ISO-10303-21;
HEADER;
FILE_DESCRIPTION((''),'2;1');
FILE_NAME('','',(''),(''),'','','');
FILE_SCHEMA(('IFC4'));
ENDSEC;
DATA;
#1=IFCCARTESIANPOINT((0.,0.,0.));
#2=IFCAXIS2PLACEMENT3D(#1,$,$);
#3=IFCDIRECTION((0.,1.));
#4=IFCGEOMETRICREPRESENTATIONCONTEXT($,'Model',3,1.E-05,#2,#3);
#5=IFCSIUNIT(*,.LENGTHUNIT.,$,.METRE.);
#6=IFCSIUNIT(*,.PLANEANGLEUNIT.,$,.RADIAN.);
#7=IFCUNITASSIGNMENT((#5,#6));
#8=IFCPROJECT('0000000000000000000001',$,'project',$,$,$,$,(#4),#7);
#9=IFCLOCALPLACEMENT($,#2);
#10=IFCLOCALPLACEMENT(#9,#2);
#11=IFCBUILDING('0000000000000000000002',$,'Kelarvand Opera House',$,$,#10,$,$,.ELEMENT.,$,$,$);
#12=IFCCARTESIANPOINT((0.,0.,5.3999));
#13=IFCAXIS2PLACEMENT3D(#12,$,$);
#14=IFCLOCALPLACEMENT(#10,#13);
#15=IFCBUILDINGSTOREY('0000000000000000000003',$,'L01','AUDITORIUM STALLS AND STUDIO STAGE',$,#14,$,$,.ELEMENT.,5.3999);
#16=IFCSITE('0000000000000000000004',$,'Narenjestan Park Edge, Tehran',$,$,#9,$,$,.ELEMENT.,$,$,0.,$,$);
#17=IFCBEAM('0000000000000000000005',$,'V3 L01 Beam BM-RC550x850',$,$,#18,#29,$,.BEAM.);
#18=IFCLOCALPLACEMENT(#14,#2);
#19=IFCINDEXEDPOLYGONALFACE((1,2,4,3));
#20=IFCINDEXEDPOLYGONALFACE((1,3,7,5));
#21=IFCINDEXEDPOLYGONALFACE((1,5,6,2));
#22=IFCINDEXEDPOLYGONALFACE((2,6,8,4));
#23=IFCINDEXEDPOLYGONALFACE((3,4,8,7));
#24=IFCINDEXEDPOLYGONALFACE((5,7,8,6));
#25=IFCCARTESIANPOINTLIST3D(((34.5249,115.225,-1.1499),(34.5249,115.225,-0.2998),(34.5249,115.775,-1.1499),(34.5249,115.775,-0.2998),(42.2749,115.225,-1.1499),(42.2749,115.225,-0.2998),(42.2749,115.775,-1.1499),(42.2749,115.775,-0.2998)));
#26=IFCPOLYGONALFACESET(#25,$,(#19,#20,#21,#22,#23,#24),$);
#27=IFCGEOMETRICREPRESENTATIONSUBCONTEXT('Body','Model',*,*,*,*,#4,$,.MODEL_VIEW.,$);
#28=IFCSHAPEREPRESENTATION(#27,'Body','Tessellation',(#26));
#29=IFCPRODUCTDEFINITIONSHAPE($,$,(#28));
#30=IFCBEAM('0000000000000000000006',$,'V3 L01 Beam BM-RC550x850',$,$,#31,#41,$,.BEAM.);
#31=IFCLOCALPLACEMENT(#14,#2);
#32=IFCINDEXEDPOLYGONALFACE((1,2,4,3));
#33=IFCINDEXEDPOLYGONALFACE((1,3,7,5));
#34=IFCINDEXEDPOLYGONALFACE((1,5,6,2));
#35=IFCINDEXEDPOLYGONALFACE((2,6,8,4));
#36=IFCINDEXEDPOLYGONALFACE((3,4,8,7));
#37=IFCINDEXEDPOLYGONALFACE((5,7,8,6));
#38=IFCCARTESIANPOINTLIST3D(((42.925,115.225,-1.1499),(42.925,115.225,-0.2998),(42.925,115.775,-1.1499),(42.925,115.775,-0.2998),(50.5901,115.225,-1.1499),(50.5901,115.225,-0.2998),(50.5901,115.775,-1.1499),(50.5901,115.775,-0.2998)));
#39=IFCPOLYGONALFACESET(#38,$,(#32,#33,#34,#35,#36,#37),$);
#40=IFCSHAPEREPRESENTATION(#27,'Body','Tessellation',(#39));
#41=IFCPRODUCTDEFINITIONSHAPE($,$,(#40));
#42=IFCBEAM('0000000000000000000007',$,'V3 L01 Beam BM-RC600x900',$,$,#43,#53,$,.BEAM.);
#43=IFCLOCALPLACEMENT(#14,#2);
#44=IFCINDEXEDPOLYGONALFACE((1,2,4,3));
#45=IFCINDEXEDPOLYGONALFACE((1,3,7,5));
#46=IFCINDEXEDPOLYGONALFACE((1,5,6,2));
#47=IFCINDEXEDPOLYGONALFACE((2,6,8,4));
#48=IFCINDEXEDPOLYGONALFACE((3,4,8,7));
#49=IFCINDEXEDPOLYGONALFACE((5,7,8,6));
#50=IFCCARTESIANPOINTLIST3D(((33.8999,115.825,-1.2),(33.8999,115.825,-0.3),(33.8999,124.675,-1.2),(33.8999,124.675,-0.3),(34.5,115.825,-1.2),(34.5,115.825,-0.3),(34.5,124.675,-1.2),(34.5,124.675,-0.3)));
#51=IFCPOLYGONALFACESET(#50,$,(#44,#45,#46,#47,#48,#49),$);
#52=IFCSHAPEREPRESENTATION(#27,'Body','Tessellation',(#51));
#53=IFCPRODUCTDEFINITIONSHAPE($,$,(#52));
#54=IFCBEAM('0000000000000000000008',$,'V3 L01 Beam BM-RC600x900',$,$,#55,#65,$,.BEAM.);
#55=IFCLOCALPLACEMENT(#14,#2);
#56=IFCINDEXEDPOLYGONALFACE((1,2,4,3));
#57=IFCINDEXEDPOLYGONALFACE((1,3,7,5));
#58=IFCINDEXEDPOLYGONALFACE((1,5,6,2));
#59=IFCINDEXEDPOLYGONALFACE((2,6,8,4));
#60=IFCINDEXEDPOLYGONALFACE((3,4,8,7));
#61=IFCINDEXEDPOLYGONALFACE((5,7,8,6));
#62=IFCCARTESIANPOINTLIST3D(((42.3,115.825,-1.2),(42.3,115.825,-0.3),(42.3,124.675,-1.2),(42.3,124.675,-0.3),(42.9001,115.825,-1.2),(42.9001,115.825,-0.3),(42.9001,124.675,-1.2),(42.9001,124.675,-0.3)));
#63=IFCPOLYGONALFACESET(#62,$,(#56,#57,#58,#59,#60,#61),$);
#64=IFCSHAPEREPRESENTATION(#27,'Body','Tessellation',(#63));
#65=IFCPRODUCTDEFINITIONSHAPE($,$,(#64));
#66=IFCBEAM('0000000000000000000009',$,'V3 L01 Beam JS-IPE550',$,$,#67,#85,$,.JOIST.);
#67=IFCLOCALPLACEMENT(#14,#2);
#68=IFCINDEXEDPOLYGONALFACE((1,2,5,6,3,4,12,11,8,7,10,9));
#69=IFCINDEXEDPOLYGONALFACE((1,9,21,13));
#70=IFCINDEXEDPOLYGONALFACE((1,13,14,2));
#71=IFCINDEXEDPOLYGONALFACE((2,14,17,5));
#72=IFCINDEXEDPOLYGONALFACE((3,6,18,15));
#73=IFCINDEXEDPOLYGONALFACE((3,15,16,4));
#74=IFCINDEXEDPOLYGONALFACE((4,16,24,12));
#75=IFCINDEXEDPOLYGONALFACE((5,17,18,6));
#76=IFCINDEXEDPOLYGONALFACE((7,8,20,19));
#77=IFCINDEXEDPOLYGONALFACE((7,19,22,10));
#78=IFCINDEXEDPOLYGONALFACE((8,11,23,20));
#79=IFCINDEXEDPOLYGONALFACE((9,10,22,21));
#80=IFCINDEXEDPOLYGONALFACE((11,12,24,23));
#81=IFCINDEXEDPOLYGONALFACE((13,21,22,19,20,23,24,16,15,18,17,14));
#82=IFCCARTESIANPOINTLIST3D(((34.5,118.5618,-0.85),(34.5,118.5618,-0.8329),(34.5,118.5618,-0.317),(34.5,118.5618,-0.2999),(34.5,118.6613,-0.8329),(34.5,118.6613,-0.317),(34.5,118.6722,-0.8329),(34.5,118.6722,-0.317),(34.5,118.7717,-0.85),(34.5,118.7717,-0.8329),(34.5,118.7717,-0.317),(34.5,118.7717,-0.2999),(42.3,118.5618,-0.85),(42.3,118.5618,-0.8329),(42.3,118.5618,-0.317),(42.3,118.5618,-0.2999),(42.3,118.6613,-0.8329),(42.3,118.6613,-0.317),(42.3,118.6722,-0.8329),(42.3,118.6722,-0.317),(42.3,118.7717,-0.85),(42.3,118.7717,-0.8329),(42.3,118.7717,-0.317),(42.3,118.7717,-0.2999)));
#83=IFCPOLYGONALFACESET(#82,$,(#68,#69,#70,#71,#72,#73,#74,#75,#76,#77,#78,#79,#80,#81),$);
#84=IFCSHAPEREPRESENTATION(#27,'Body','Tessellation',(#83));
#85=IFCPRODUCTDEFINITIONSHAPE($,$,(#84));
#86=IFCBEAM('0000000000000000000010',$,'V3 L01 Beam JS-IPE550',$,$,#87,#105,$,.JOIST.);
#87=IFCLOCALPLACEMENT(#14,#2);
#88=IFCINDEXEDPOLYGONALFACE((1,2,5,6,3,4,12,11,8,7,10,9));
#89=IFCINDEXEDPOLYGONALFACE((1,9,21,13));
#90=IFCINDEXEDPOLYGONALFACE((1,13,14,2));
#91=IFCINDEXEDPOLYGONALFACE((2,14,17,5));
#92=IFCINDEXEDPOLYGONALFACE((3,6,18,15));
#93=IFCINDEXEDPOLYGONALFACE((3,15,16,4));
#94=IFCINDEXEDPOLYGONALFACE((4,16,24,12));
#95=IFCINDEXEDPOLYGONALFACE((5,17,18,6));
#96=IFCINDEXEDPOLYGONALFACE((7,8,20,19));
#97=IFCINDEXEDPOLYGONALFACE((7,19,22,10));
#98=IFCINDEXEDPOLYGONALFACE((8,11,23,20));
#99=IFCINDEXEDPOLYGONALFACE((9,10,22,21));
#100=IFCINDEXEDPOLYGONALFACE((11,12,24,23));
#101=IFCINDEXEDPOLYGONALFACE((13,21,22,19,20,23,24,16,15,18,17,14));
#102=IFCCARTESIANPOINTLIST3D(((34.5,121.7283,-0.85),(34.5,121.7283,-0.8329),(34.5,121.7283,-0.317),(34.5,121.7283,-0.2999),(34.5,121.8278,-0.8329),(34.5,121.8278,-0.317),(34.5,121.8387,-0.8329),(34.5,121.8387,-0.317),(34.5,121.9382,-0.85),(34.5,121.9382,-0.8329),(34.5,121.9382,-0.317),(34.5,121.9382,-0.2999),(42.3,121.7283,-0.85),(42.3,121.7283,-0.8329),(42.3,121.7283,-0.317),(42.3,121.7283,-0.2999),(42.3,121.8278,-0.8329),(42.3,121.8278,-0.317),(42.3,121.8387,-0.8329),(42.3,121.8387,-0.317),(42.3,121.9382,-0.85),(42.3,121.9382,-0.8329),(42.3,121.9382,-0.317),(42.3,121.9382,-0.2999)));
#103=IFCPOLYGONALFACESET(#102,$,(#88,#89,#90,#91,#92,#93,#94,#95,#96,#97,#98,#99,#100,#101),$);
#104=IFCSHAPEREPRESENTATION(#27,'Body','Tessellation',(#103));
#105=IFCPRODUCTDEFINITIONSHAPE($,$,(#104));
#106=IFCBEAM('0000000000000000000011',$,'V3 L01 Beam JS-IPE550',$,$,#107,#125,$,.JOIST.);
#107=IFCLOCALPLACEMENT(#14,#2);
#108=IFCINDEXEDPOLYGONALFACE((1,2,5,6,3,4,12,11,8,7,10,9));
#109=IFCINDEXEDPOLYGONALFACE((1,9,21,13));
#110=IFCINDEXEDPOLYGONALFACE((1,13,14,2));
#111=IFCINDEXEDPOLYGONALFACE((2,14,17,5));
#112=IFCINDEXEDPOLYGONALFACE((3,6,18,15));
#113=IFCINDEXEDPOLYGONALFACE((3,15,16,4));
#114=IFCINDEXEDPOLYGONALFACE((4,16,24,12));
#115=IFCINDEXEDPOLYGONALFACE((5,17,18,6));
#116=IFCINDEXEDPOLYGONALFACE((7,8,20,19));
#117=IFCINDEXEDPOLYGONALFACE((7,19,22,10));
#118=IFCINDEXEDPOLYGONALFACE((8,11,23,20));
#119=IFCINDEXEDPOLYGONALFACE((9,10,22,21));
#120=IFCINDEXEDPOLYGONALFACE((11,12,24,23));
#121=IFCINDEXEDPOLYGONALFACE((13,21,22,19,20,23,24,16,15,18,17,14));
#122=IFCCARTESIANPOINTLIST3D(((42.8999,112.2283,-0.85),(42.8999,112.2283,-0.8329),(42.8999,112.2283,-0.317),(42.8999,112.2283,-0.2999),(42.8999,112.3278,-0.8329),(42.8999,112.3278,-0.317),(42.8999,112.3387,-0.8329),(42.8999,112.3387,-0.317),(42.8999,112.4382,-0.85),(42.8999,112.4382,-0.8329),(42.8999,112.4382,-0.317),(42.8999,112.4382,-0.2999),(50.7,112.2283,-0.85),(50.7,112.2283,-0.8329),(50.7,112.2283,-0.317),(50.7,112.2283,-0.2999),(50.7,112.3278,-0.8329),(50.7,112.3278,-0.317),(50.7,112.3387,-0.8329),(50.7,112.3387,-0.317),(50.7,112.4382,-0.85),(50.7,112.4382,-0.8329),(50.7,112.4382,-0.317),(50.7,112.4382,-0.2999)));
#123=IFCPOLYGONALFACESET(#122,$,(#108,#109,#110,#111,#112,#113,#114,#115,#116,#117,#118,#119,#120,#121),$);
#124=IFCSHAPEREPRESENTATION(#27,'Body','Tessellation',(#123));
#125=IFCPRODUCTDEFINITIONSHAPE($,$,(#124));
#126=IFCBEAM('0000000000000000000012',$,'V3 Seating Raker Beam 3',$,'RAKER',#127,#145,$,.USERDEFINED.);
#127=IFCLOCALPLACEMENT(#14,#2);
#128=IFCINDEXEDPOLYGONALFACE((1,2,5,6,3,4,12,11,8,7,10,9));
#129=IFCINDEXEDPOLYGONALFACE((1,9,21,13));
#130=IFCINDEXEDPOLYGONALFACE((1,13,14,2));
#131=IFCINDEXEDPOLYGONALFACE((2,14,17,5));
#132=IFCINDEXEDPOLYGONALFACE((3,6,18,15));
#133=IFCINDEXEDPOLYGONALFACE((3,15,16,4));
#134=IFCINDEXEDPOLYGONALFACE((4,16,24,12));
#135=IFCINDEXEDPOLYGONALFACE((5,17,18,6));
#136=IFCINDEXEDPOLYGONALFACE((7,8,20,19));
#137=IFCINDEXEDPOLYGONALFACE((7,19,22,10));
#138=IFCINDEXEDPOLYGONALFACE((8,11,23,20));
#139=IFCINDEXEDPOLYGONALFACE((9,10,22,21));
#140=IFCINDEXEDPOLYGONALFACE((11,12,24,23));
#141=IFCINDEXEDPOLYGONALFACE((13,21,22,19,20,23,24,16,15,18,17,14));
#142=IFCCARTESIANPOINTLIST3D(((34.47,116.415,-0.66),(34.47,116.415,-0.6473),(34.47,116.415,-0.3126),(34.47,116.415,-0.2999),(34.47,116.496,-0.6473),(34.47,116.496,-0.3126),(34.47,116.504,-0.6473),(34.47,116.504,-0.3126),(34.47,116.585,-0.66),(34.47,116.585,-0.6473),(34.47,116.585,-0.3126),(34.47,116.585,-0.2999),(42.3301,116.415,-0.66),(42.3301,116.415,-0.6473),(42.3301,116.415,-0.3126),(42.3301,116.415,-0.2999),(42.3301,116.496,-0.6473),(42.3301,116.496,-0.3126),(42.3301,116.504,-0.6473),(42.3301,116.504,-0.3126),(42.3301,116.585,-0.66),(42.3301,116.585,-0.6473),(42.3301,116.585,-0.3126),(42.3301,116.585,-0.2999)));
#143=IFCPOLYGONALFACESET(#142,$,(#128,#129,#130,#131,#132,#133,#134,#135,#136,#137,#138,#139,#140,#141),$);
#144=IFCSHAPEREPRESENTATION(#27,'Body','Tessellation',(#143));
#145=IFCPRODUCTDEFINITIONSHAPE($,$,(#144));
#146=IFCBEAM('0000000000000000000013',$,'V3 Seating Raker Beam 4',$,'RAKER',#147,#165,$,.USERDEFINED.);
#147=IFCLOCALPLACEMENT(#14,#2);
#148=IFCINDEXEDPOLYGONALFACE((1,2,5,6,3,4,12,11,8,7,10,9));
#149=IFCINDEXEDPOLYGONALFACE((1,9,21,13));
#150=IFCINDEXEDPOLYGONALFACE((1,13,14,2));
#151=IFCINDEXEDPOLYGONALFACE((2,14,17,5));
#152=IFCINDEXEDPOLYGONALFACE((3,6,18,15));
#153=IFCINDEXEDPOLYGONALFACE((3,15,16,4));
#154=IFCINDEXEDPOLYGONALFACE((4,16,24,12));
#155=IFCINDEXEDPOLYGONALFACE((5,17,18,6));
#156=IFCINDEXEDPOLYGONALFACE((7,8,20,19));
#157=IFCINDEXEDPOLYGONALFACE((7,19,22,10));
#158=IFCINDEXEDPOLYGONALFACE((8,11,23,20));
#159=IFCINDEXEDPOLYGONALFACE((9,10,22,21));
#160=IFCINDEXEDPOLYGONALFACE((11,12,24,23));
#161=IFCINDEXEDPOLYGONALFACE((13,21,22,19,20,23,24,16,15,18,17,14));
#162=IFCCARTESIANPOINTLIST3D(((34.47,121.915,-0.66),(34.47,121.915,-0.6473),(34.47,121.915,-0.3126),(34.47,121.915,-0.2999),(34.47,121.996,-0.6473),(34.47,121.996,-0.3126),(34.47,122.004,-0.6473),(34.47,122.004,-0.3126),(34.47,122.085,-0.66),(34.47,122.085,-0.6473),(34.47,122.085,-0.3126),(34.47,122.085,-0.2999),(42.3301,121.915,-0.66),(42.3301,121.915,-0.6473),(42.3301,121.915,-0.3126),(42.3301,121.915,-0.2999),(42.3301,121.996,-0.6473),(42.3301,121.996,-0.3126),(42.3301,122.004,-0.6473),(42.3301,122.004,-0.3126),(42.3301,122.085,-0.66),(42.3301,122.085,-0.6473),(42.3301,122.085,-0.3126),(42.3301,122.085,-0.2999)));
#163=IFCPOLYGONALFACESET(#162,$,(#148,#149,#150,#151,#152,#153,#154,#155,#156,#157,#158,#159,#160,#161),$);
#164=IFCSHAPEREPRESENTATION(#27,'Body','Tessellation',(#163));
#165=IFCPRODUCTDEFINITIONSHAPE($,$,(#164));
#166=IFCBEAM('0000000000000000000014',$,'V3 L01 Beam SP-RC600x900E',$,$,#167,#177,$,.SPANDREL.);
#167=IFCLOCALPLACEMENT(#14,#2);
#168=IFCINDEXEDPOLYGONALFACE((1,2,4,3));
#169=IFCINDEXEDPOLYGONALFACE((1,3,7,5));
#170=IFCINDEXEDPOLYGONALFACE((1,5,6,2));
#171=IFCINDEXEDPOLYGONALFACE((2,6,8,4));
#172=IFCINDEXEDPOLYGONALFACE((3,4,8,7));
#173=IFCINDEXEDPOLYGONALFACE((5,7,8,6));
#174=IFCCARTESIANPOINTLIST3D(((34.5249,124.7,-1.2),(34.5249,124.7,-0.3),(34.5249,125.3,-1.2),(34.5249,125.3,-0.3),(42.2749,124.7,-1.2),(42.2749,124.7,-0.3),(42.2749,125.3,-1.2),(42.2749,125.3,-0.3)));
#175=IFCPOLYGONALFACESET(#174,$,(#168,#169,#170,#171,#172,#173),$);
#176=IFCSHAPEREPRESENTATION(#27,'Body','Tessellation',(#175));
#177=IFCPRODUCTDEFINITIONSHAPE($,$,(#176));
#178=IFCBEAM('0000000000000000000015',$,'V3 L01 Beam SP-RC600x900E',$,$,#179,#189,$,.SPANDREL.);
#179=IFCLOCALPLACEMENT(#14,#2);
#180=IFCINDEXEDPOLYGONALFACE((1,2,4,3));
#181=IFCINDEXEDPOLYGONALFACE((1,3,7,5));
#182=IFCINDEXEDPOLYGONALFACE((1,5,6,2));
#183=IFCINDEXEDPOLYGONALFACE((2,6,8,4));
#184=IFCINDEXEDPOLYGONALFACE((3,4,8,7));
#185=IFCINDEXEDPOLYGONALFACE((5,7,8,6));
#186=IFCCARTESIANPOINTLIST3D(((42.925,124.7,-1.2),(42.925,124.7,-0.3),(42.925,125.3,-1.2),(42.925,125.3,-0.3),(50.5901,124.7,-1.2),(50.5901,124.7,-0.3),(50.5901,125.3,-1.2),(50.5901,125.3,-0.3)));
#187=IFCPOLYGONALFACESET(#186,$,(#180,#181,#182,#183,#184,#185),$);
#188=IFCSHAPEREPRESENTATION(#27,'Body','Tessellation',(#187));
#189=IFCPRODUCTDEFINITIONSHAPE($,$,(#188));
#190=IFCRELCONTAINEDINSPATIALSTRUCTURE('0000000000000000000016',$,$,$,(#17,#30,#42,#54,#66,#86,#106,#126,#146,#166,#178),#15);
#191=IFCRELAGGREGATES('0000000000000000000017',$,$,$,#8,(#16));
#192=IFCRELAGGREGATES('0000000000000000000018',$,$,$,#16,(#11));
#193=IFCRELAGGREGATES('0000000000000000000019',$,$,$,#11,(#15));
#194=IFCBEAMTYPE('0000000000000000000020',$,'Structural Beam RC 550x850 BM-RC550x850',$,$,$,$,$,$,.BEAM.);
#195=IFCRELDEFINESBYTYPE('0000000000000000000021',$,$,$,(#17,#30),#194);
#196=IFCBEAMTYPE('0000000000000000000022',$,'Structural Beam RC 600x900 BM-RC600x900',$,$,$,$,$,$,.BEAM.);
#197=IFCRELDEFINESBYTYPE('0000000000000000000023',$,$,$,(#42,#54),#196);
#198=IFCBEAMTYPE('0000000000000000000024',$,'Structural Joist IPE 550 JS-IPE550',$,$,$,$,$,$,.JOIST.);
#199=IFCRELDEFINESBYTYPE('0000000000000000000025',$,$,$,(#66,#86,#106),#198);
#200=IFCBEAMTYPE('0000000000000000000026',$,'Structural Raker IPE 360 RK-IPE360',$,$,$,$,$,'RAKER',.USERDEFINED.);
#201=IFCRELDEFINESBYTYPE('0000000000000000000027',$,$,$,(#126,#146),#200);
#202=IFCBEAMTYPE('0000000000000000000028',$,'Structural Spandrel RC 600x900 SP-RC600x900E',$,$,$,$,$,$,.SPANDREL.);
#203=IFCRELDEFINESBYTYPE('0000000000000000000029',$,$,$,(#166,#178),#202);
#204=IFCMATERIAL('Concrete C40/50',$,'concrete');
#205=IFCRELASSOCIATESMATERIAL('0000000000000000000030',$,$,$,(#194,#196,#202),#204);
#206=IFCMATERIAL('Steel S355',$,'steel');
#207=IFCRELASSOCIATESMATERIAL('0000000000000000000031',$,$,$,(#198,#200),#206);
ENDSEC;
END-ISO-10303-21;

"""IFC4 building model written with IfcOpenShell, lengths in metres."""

from ifc_helpers import new_model, si_unit, direction, frame, origin, origin_2d, place, context, subcontext, project, spatial, rectangle, i_section, extrude, material, material_profile, profile_set, type_object, element, save


model = new_model("IFC4")

# Units and contexts
model_context = context("Model", 3, precision=1e-05, world=origin(), true_north=direction((0.0, 1.0)))
body_context = subcontext(model_context, "Body", "Model", "MODEL_VIEW")
ifc_project = project(units=[si_unit("LENGTHUNIT", "METRE"), si_unit("PLANEANGLEUNIT", "RADIAN")], contexts=[model_context])

# Site, building, storey
site_placement = place(None, origin())
site = spatial("IfcSite", under=ifc_project, at=site_placement, Name="Narenjestan Park Edge, Tehran", CompositionType="ELEMENT", RefElevation=0.0)
building_placement = place(site_placement, origin())
building = spatial("IfcBuilding", under=site, at=building_placement, Name="Kelarvand Opera House", CompositionType="ELEMENT")
storey_placement = place(building_placement, frame((0.0, 0.0, 5.3999)))
storey = spatial("IfcBuildingStorey", under=building, at=storey_placement, Name="L01", Description="AUDITORIUM STALLS AND STUDIO STAGE", CompositionType="ELEMENT", Elevation=5.3999)

# Shared definitions
ifc_material_1 = material(Name="Concrete C40/50", Category="concrete")

# Beams
ifc_material_profile_1 = material_profile(ifc_material_1, rectangle(XDim=0.55, YDim=0.8501, at=origin_2d()), Name="RC 550x850", Category="concrete")
ifc_profile_set_1 = profile_set([ifc_material_profile_1], Name="Concrete C40/50")
beam_type_1 = type_object("IfcBeamType", Name="Structural Beam RC 550x850 BM-RC550x850", PredefinedType="BEAM", material=ifc_profile_set_1)
beam_1_placement = place(storey_placement, frame((34.5249, 115.5, -0.7249), z_axis=(1.0, 0.0, 0.0), x_axis=(0.0, 1.0, 0.0)))
element("IfcBeam", 1, at=beam_1_placement, inside=storey, type_object=beam_type_1, Name="V3 L01 Beam BM-RC550x850", PredefinedType="BEAM", context=body_context, shape_type="SweptSolid", body=[
    extrude(rectangle(XDim=0.55, YDim=0.8501, at=origin_2d()), origin(), (0.0, 0.0, 1.0), 7.75),
])
beam_2_placement = place(storey_placement, frame((42.925, 115.5, -0.7249), z_axis=(1.0, 0.0, 0.0), x_axis=(0.0, 1.0, 0.0)))
element("IfcBeam", 2, at=beam_2_placement, inside=storey, type_object=beam_type_1, Name="V3 L01 Beam BM-RC550x850", PredefinedType="BEAM", context=body_context, shape_type="SweptSolid", body=[
    extrude(rectangle(XDim=0.55, YDim=0.8501, at=origin_2d()), origin(), (0.0, 0.0, 1.0), 7.665),
])
ifc_material_profile_2 = material_profile(ifc_material_1, rectangle(XDim=0.6001, YDim=0.8999, at=origin_2d()), Name="RC 600x900", Category="concrete")
ifc_profile_set_2 = profile_set([ifc_material_profile_2], Name="Concrete C40/50")
beam_type_2 = type_object("IfcBeamType", Name="Structural Beam RC 600x900 BM-RC600x900", PredefinedType="BEAM", material=ifc_profile_set_2)
for number, where, z_axis, x_axis, name in (
    (3, (34.2, 115.825, -0.75), (0.0, 1.0, 0.0), (-1.0, 0.0, 0.0), "V3 L01 Beam BM-RC600x900"),
    (4, (42.6001, 115.825, -0.75), (0.0, 1.0, 0.0), (-1.0, 0.0, 0.0), "V3 L01 Beam BM-RC600x900"),
):
    element("IfcBeam", number, at=place(storey_placement, frame(where, z_axis=z_axis, x_axis=x_axis)), inside=storey, type_object=beam_type_2, Name=name, PredefinedType="BEAM", context=body_context, shape_type="SweptSolid", body=[
        extrude(rectangle(XDim=0.6001, YDim=0.8999, at=origin_2d()), origin(), (0.0, 0.0, 1.0), 8.8501),
    ])
ifc_material_2 = material(Name="Steel S355", Category="steel")
ifc_material_profile_3 = material_profile(ifc_material_2, i_section(OverallWidth=0.21, OverallDepth=0.55, WebThickness=0.011, FlangeThickness=0.0171, at=origin_2d()), Name="IPE 550", Category="steel")
ifc_profile_set_3 = profile_set([ifc_material_profile_3], Name="Steel S355")
beam_type_3 = type_object("IfcBeamType", Name="Structural Joist IPE 550 JS-IPE550", PredefinedType="JOIST", material=ifc_profile_set_3)
for number, where, z_axis, x_axis, name in (
    (5, (34.5, 118.6667, -0.575), (1.0, 0.0, 0.0), (0.0, 1.0, 0.0), "V3 L01 Beam JS-IPE550"),
    (6, (34.5, 121.8333, -0.575), (1.0, 0.0, 0.0), (0.0, 1.0, 0.0), "V3 L01 Beam JS-IPE550"),
    (7, (42.8999, 112.3333, -0.575), (1.0, 0.0, 0.0), (0.0, 1.0, 0.0), "V3 L01 Beam JS-IPE550"),
):
    element("IfcBeam", number, at=place(storey_placement, frame(where, z_axis=z_axis, x_axis=x_axis)), inside=storey, type_object=beam_type_3, Name=name, PredefinedType="JOIST", context=body_context, shape_type="SweptSolid", body=[
        extrude(i_section(OverallWidth=0.21, OverallDepth=0.55, WebThickness=0.011, FlangeThickness=0.0171, at=origin_2d()), origin(), (0.0, 0.0, 1.0), 7.8),
    ])
ifc_material_profile_4 = material_profile(ifc_material_2, i_section(OverallWidth=0.1699, OverallDepth=0.3601, WebThickness=0.0081, FlangeThickness=0.0127, at=origin_2d()), Name="IPE 360", Category="steel")
ifc_profile_set_4 = profile_set([ifc_material_profile_4], Name="Steel S355")
beam_type_4 = type_object("IfcBeamType", Name="Structural Raker IPE 360 RK-IPE360", ElementType="RAKER", PredefinedType="USERDEFINED", material=ifc_profile_set_4)
for number, where, z_axis, x_axis, name in (
    (8, (34.47, 116.5, -0.48), (1.0, 0.0, 0.0), (0.0, 1.0, 0.0), "V3 Seating Raker Beam 3"),
    (9, (34.47, 122.0, -0.48), (1.0, 0.0, 0.0), (0.0, 1.0, 0.0), "V3 Seating Raker Beam 4"),
):
    element("IfcBeam", number, at=place(storey_placement, frame(where, z_axis=z_axis, x_axis=x_axis)), inside=storey, type_object=beam_type_4, Name=name, ObjectType="RAKER", PredefinedType="USERDEFINED", context=body_context, shape_type="SweptSolid", body=[
        extrude(i_section(OverallWidth=0.1699, OverallDepth=0.3601, WebThickness=0.0081, FlangeThickness=0.0127, at=origin_2d()), origin(), (0.0, 0.0, 1.0), 7.8601),
    ])
ifc_material_profile_5 = material_profile(ifc_material_1, rectangle(XDim=0.6001, YDim=0.8999, at=origin_2d()), Name="RC 600x900", Category="concrete")
ifc_profile_set_5 = profile_set([ifc_material_profile_5], Name="Concrete C40/50")
beam_type_5 = type_object("IfcBeamType", Name="Structural Spandrel RC 600x900 SP-RC600x900E", PredefinedType="SPANDREL", material=ifc_profile_set_5)
beam_3_placement = place(storey_placement, frame((34.5249, 125.0, -0.75), z_axis=(1.0, 0.0, 0.0), x_axis=(0.0, 1.0, 0.0)))
element("IfcBeam", 10, at=beam_3_placement, inside=storey, type_object=beam_type_5, Name="V3 L01 Beam SP-RC600x900E", PredefinedType="SPANDREL", context=body_context, shape_type="SweptSolid", body=[
    extrude(rectangle(XDim=0.6001, YDim=0.8999, at=origin_2d()), origin(), (0.0, 0.0, 1.0), 7.75),
])
beam_4_placement = place(storey_placement, frame((42.925, 125.0, -0.75), z_axis=(1.0, 0.0, 0.0), x_axis=(0.0, 1.0, 0.0)))
element("IfcBeam", 11, at=beam_4_placement, inside=storey, type_object=beam_type_5, Name="V3 L01 Beam SP-RC600x900E", PredefinedType="SPANDREL", context=body_context, shape_type="SweptSolid", body=[
    extrude(rectangle(XDim=0.6001, YDim=0.8999, at=origin_2d()), origin(), (0.0, 0.0, 1.0), 7.665),
])

save(model, "model.ifc")
